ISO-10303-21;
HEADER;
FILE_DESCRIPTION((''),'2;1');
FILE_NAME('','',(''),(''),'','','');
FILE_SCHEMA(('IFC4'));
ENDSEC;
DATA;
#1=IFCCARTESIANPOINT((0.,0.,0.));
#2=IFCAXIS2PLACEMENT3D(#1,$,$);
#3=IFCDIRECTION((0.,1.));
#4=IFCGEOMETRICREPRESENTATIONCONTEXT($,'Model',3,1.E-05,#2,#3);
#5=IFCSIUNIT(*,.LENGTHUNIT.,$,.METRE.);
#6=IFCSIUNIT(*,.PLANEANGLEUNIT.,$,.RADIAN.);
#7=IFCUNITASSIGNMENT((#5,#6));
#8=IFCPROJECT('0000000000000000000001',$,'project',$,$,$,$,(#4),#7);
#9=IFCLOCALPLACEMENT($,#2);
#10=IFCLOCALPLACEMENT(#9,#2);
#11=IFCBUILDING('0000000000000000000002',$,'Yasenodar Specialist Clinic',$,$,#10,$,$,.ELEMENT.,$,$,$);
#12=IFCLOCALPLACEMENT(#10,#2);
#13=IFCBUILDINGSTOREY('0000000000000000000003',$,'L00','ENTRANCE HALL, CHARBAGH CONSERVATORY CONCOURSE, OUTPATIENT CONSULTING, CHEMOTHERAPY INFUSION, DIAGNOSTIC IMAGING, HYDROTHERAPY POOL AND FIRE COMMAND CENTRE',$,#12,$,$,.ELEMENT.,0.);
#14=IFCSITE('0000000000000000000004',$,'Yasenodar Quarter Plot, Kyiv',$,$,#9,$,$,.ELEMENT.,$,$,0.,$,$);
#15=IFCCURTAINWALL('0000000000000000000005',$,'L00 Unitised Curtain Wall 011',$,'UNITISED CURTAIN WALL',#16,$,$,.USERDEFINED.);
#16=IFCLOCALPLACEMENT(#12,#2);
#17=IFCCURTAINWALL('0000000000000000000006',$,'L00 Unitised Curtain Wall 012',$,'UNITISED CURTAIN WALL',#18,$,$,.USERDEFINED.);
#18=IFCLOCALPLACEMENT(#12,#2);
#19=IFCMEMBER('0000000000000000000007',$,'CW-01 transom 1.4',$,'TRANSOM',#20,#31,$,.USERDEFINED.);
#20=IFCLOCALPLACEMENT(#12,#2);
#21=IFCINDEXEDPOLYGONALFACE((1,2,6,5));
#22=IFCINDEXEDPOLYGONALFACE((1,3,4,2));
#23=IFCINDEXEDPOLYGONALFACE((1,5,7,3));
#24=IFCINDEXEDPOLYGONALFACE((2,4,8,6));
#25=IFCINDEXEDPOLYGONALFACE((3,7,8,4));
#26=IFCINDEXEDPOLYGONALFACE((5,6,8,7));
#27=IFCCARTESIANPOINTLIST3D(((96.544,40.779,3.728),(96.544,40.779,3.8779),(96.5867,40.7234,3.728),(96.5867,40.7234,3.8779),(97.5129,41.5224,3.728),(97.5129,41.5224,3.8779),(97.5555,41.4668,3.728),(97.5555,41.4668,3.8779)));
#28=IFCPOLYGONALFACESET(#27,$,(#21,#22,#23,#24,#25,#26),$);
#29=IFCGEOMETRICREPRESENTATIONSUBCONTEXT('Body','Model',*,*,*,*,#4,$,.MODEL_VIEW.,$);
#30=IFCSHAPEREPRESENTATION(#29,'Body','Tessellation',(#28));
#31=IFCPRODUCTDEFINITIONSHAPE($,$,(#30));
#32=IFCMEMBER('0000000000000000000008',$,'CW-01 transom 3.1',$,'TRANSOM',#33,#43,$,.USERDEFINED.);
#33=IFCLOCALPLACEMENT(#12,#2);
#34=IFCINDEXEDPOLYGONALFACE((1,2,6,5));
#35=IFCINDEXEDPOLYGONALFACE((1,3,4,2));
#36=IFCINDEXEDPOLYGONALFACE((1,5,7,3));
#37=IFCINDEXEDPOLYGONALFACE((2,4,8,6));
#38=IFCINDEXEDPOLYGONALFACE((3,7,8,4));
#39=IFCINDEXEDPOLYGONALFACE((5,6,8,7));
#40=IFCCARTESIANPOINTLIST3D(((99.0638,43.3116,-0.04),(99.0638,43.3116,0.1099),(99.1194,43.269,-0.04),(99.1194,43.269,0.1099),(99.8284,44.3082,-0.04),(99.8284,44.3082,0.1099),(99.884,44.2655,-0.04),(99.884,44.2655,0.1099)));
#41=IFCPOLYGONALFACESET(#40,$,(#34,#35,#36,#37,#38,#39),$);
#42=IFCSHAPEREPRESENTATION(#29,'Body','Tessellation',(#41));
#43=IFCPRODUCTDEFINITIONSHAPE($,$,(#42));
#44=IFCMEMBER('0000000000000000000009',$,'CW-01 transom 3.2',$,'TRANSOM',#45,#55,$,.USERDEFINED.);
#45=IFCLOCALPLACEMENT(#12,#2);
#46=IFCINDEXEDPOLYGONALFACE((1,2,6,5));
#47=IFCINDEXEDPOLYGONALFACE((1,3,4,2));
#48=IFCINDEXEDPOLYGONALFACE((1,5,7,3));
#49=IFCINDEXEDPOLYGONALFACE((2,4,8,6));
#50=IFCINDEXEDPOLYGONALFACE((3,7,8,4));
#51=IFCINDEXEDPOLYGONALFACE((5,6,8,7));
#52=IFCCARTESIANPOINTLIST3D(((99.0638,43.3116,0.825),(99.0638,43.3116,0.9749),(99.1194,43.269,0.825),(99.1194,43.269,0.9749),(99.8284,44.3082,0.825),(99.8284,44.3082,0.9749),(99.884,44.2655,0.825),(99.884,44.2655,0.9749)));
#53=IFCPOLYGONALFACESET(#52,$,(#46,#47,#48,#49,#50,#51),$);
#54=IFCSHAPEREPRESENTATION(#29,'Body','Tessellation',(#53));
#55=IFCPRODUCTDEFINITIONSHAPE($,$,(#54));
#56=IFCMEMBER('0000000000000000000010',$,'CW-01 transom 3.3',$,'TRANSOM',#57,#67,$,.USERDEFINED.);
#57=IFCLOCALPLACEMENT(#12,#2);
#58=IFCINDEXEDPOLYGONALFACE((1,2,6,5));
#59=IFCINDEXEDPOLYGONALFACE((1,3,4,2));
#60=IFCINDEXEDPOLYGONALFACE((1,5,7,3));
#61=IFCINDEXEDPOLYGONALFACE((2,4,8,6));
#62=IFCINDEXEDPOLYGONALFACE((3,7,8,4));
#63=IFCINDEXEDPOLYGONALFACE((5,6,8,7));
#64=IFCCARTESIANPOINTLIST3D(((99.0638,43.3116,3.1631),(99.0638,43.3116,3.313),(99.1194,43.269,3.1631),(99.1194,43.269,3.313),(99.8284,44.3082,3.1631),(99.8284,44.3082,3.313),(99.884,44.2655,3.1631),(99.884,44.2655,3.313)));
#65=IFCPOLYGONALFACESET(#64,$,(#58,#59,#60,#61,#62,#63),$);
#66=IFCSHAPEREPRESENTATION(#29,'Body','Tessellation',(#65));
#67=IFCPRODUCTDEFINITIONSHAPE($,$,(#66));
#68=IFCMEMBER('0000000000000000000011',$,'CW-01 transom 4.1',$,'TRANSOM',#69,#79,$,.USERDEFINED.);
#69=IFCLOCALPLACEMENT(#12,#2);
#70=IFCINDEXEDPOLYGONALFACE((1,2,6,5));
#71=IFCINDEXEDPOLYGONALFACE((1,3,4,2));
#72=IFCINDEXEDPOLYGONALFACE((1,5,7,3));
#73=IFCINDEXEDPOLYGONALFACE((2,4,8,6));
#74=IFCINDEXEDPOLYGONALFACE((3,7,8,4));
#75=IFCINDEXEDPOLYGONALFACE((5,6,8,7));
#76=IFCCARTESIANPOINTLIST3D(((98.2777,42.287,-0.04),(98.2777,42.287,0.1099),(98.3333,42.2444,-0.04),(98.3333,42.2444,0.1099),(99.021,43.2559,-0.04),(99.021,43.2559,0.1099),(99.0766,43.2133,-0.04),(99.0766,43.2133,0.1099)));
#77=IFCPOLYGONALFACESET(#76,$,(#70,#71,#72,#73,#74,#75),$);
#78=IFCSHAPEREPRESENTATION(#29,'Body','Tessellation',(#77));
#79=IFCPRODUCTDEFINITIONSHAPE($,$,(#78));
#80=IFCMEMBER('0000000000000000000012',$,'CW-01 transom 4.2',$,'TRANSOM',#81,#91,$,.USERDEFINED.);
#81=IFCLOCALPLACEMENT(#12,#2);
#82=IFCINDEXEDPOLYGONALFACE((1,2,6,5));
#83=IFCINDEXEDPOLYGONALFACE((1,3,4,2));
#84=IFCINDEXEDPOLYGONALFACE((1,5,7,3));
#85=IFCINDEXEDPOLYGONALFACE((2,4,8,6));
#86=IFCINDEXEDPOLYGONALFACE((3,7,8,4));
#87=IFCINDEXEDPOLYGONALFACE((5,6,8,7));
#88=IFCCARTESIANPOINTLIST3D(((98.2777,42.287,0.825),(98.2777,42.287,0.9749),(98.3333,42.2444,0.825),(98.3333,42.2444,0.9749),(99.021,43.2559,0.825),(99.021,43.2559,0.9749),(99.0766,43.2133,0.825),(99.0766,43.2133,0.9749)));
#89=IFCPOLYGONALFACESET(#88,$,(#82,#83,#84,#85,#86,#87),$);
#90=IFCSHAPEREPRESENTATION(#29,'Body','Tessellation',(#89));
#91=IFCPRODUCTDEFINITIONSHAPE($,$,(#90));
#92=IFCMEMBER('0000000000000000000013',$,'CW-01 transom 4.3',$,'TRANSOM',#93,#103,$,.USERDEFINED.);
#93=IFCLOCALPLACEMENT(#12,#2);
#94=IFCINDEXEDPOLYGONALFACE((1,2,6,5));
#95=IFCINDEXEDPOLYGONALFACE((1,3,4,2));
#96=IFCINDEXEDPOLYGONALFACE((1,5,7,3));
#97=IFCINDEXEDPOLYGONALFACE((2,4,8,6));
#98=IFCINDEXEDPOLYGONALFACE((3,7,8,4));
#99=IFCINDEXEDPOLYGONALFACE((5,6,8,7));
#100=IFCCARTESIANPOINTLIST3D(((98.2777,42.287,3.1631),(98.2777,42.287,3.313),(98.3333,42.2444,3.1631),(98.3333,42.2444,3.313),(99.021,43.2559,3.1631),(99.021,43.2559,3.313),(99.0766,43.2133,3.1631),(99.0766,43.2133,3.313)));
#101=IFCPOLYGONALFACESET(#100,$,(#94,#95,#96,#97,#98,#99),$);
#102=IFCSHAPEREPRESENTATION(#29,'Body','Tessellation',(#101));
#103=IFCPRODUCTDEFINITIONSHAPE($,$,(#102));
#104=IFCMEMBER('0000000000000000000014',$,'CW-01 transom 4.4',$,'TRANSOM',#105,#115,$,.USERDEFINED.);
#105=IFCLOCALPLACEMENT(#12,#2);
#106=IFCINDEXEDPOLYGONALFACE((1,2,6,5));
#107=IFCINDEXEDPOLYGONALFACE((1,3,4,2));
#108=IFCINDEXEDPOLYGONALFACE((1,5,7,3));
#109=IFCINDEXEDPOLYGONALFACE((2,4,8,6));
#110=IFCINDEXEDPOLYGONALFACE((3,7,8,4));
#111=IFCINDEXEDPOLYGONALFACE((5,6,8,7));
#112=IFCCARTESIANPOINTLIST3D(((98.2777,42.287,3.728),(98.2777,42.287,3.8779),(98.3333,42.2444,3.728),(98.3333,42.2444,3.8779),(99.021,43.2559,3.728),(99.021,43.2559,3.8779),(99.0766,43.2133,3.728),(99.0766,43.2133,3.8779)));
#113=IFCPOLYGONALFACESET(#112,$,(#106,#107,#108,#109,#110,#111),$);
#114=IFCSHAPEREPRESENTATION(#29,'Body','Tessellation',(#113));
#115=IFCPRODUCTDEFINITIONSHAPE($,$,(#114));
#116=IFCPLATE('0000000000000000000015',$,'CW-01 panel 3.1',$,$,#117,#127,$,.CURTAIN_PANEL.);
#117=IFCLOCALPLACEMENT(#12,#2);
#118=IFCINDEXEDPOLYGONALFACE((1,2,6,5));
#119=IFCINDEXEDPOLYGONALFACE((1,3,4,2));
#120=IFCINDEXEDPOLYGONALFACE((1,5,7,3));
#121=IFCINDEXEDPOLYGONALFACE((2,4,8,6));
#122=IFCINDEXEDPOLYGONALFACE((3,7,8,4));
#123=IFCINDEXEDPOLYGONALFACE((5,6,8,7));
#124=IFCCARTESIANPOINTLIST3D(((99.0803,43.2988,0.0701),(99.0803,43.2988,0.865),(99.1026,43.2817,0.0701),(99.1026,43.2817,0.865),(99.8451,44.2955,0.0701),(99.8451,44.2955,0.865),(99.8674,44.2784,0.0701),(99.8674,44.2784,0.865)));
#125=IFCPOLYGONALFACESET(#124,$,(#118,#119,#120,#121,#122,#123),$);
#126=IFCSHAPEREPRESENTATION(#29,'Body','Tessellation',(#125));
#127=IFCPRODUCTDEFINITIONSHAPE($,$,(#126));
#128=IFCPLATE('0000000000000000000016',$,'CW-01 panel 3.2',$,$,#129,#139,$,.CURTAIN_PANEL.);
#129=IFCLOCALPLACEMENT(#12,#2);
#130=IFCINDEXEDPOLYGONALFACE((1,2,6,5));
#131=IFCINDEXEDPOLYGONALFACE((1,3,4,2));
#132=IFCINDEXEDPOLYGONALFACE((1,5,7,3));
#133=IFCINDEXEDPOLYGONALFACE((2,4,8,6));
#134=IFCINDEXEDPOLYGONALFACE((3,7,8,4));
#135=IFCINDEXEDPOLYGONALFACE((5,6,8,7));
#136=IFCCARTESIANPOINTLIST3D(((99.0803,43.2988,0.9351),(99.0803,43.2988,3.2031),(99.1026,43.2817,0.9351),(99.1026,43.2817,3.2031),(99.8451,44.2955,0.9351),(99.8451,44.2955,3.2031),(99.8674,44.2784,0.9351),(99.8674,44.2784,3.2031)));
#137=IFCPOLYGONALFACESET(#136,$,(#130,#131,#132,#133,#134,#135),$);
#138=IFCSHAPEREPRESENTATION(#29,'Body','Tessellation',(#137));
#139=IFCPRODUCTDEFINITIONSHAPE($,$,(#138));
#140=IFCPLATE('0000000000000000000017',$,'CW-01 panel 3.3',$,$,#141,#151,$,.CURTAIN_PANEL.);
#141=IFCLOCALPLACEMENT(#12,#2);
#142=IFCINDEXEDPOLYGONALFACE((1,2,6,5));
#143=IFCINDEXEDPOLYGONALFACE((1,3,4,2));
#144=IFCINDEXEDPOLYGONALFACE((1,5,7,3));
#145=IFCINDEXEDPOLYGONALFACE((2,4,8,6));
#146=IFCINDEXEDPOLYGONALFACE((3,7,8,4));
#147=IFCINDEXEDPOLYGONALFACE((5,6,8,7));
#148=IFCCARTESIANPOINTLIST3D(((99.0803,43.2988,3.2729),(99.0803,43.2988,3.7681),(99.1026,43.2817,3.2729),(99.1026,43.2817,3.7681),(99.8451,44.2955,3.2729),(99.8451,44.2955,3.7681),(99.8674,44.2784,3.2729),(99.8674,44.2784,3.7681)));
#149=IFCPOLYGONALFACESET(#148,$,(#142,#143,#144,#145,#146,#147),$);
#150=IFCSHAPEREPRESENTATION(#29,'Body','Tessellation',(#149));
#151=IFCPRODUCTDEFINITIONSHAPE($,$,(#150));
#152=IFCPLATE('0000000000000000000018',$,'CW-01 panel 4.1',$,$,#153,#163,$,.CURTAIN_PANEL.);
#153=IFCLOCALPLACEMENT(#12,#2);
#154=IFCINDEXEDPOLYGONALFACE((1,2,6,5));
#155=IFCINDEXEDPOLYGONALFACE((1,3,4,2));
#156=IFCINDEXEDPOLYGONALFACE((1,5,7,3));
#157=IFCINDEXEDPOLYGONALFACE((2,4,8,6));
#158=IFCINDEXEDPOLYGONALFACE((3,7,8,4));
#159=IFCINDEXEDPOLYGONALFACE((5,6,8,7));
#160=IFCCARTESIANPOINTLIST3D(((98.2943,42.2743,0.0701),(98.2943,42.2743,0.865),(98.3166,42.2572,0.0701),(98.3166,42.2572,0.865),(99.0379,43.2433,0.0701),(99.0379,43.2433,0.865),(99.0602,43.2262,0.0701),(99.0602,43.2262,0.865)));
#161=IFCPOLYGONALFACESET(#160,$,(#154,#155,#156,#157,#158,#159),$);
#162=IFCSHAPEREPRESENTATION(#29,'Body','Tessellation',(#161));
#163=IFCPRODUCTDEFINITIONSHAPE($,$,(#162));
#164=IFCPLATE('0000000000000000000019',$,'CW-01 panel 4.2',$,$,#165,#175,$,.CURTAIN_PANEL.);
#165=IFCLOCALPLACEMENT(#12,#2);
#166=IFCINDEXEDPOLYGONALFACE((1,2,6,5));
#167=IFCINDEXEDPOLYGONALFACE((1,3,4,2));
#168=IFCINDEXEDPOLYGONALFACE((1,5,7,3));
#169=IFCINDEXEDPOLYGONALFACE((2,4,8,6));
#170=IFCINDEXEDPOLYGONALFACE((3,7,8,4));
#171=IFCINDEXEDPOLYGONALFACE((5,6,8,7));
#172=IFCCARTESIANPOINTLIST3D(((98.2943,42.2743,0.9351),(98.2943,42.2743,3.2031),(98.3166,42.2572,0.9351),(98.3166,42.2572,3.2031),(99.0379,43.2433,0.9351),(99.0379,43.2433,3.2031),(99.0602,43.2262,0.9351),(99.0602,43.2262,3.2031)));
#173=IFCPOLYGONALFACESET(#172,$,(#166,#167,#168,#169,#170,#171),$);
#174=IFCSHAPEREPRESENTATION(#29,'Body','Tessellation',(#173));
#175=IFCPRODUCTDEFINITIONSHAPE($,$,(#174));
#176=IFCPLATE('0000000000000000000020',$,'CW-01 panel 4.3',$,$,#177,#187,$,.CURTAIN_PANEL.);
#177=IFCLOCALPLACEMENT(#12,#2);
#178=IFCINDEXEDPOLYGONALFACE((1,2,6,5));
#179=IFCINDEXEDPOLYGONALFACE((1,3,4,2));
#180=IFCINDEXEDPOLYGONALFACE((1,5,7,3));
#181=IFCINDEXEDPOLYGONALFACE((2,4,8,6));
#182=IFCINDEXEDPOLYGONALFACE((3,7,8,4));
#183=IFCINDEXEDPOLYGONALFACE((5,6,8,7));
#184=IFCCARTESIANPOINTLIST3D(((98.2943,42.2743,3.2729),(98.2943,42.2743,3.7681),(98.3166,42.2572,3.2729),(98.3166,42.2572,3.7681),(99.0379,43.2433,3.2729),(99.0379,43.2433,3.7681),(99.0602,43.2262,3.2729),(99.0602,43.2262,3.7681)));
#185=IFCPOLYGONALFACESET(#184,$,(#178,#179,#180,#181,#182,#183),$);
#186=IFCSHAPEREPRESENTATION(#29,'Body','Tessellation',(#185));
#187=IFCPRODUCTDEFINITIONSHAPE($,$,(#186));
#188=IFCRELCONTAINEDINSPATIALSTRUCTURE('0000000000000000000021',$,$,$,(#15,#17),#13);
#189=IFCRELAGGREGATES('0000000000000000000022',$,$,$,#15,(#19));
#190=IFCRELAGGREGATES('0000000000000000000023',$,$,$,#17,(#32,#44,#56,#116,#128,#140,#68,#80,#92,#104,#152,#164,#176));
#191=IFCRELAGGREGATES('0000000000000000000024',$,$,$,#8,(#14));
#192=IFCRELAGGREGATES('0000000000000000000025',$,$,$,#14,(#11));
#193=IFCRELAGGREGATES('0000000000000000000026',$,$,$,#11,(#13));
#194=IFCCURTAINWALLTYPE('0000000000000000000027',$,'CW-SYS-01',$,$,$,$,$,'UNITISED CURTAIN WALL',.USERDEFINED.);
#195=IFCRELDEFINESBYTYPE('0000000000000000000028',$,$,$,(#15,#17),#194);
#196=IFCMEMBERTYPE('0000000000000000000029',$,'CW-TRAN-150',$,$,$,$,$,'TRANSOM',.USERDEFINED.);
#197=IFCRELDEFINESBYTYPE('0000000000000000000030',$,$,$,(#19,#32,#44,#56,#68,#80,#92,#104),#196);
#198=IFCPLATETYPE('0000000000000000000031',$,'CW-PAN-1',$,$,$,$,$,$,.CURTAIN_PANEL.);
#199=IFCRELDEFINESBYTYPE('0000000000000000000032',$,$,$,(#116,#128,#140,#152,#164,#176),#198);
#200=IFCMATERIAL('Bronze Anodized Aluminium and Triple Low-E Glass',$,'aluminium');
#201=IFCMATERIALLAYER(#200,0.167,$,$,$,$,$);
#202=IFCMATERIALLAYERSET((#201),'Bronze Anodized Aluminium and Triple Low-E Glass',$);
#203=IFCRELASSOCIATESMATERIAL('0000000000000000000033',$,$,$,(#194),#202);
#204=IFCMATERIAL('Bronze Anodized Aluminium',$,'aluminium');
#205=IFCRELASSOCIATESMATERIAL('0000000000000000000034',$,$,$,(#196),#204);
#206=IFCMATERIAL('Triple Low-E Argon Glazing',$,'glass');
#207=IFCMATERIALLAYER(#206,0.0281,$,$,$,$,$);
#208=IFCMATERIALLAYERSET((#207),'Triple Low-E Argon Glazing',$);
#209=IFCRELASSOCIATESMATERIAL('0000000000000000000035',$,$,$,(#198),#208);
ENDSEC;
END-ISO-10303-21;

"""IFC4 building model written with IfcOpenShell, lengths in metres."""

from ifc_helpers import new_model, si_unit, direction, frame, origin, origin_2d, place, context, subcontext, project, spatial, rectangle, extrude, material, layer, layer_set, material_profile, profile_set, type_object, element, aggregate, save


model = new_model("IFC4")

# Units and contexts
model_context = context("Model", 3, precision=1e-05, world=origin(), true_north=direction((0.0, 1.0)))
body_context = subcontext(model_context, "Body", "Model", "MODEL_VIEW")
ifc_project = project(units=[si_unit("LENGTHUNIT", "METRE"), si_unit("PLANEANGLEUNIT", "RADIAN")], contexts=[model_context])

# Site, building, storey
site_placement = place(None, origin())
site = spatial("IfcSite", under=ifc_project, at=site_placement, Name="Yasenodar Quarter Plot, Kyiv", CompositionType="ELEMENT", RefElevation=0.0)
building_placement = place(site_placement, origin())
building = spatial("IfcBuilding", under=site, at=building_placement, Name="Yasenodar Specialist Clinic", CompositionType="ELEMENT")
storey_placement = place(building_placement, origin())
storey = spatial("IfcBuildingStorey", under=building, at=storey_placement, Name="L00", Description="ENTRANCE HALL, CHARBAGH CONSERVATORY CONCOURSE, OUTPATIENT CONSULTING, CHEMOTHERAPY INFUSION, DIAGNOSTIC IMAGING, HYDROTHERAPY POOL AND FIRE COMMAND CENTRE", CompositionType="ELEMENT", Elevation=0.0)

# Curtain wall
ifc_material_1 = material(Name="Bronze Anodized Aluminium and Triple Low-E Glass", Category="aluminium")
ifc_layer_1 = layer(ifc_material_1, 0.167)
ifc_layer_set_1 = layer_set([ifc_layer_1], Name="Bronze Anodized Aluminium and Triple Low-E Glass")
curtain_wall_type = type_object("IfcCurtainWallType", Name="CW-SYS-01", ElementType="UNITISED CURTAIN WALL", PredefinedType="USERDEFINED", material=ifc_layer_set_1)
curtain_wall_1_placement = place(storey_placement, origin())
curtain_wall_1 = element("IfcCurtainWall", 1, at=curtain_wall_1_placement, inside=storey, type_object=curtain_wall_type, Name="L00 Unitised Curtain Wall 011", ObjectType="UNITISED CURTAIN WALL", PredefinedType="USERDEFINED")
ifc_material_2 = material(Name="Bronze Anodized Aluminium", Category="aluminium")

# Curtain wall
curtain_wall_2_placement = place(storey_placement, origin())
curtain_wall_2 = element("IfcCurtainWall", 2, at=curtain_wall_2_placement, inside=storey, type_object=curtain_wall_type, Name="L00 Unitised Curtain Wall 012", ObjectType="UNITISED CURTAIN WALL", PredefinedType="USERDEFINED")

# Members
ifc_material_profile_1 = material_profile(ifc_material_2, rectangle(XDim=0.0701, YDim=0.1499, at=origin_2d()), Name="CW-TRAN 70x150")
ifc_profile_set_1 = profile_set([ifc_material_profile_1], Name="Bronze Anodized Aluminium")
member_type_1 = type_object("IfcMemberType", Name="CW-TRAN-150", ElementType="TRANSOM", PredefinedType="USERDEFINED", material=ifc_profile_set_1)
member_1_placement = place(storey_placement, frame((97.5342, 41.4946, 3.803), z_axis=(-0.79333, -0.608792, 0.0), x_axis=(0.608792, -0.79333, 0.0)))
member_1 = element("IfcMember", 3, at=member_1_placement, type_object=member_type_1, Name="CW-01 transom 1.4", ObjectType="TRANSOM", PredefinedType="USERDEFINED", context=body_context, shape_type="SweptSolid", body=[
    extrude(rectangle(XDim=0.0701, YDim=0.1499, at=origin_2d()), origin(), (0.0, 0.0, 1.0), 1.2212),
])
aggregate(curtain_wall_1, [member_1])
member_2_placement = place(storey_placement, frame((99.8562, 44.2869, 0.0349), z_axis=(-0.608733, -0.793375, 0.0), x_axis=(0.793375, -0.608733, 0.0)))
member_2 = element("IfcMember", 4, at=member_2_placement, type_object=member_type_1, Name="CW-01 transom 3.1", ObjectType="TRANSOM", PredefinedType="USERDEFINED", context=body_context, shape_type="SweptSolid", body=[
    extrude(rectangle(XDim=0.0701, YDim=0.1499, at=origin_2d()), origin(), (0.0, 0.0, 1.0), 1.2561),
])
member_3_placement = place(storey_placement, frame((99.8562, 44.2869, 0.8999), z_axis=(-0.608733, -0.793375, 0.0), x_axis=(0.793375, -0.608733, 0.0)))
member_3 = element("IfcMember", 5, at=member_3_placement, type_object=member_type_1, Name="CW-01 transom 3.2", ObjectType="TRANSOM", PredefinedType="USERDEFINED", context=body_context, shape_type="SweptSolid", body=[
    extrude(rectangle(XDim=0.0701, YDim=0.1499, at=origin_2d()), origin(), (0.0, 0.0, 1.0), 1.2561),
])
member_4_placement = place(storey_placement, frame((99.8562, 44.2869, 3.238), z_axis=(-0.608733, -0.793375, 0.0), x_axis=(0.793375, -0.608733, 0.0)))
member_4 = element("IfcMember", 6, at=member_4_placement, type_object=member_type_1, Name="CW-01 transom 3.3", ObjectType="TRANSOM", PredefinedType="USERDEFINED", context=body_context, shape_type="SweptSolid", body=[
    extrude(rectangle(XDim=0.0701, YDim=0.1499, at=origin_2d()), origin(), (0.0, 0.0, 1.0), 1.2561),
])
member_5_placement = place(storey_placement, frame((99.0488, 43.2346, 0.0349), z_axis=(-0.608696, -0.793404, 0.0), x_axis=(0.793404, -0.608696, 0.0)))
member_5 = element("IfcMember", 7, at=member_5_placement, type_object=member_type_1, Name="CW-01 transom 4.1", ObjectType="TRANSOM", PredefinedType="USERDEFINED", context=body_context, shape_type="SweptSolid", body=[
    extrude(rectangle(XDim=0.0701, YDim=0.1499, at=origin_2d()), origin(), (0.0, 0.0, 1.0), 1.2212),
])
member_6_placement = place(storey_placement, frame((99.0488, 43.2346, 0.8999), z_axis=(-0.608696, -0.793404, 0.0), x_axis=(0.793404, -0.608696, 0.0)))
member_6 = element("IfcMember", 8, at=member_6_placement, type_object=member_type_1, Name="CW-01 transom 4.2", ObjectType="TRANSOM", PredefinedType="USERDEFINED", context=body_context, shape_type="SweptSolid", body=[
    extrude(rectangle(XDim=0.0701, YDim=0.1499, at=origin_2d()), origin(), (0.0, 0.0, 1.0), 1.2212),
])
member_7_placement = place(storey_placement, frame((99.0488, 43.2346, 3.238), z_axis=(-0.608696, -0.793404, 0.0), x_axis=(0.793404, -0.608696, 0.0)))
member_7 = element("IfcMember", 9, at=member_7_placement, type_object=member_type_1, Name="CW-01 transom 4.3", ObjectType="TRANSOM", PredefinedType="USERDEFINED", context=body_context, shape_type="SweptSolid", body=[
    extrude(rectangle(XDim=0.0701, YDim=0.1499, at=origin_2d()), origin(), (0.0, 0.0, 1.0), 1.2212),
])
member_8_placement = place(storey_placement, frame((99.0488, 43.2346, 3.803), z_axis=(-0.608696, -0.793404, 0.0), x_axis=(0.793404, -0.608696, 0.0)))
member_8 = element("IfcMember", 10, at=member_8_placement, type_object=member_type_1, Name="CW-01 transom 4.4", ObjectType="TRANSOM", PredefinedType="USERDEFINED", context=body_context, shape_type="SweptSolid", body=[
    extrude(rectangle(XDim=0.0701, YDim=0.1499, at=origin_2d()), origin(), (0.0, 0.0, 1.0), 1.2212),
])

# Plates
ifc_material_3 = material(Name="Triple Low-E Argon Glazing", Category="glass")
ifc_layer_2 = layer(ifc_material_3, 0.0281)
ifc_layer_set_2 = layer_set([ifc_layer_2], Name="Triple Low-E Argon Glazing")
plate_type = type_object("IfcPlateType", Name="CW-PAN-1", PredefinedType="CURTAIN_PANEL", material=ifc_layer_set_2)
plate_1_placement = place(storey_placement, frame((99.4739, 43.7886, 0.0701), z_axis=(0.0, 0.0, 1.0), x_axis=(-0.608752, -0.793361, 0.0)))
plate_1 = element("IfcPlate", 11, at=plate_1_placement, type_object=plate_type, Name="CW-01 panel 3.1", PredefinedType="CURTAIN_PANEL", context=body_context, shape_type="SweptSolid", body=[
    extrude(rectangle(XDim=1.2563, YDim=0.0281, at=origin_2d()), origin(), (0.0, 0.0, 1.0), 0.7949),
])
plate_2_placement = place(storey_placement, frame((99.4739, 43.7886, 0.9351), z_axis=(0.0, 0.0, 1.0), x_axis=(-0.608752, -0.793361, 0.0)))
plate_2 = element("IfcPlate", 12, at=plate_2_placement, type_object=plate_type, Name="CW-01 panel 3.2", PredefinedType="CURTAIN_PANEL", context=body_context, shape_type="SweptSolid", body=[
    extrude(rectangle(XDim=1.2563, YDim=0.0281, at=origin_2d()), origin(), (0.0, 0.0, 1.0), 2.2681),
])
plate_3_placement = place(storey_placement, frame((99.4739, 43.7886, 3.2729), z_axis=(0.0, 0.0, 1.0), x_axis=(-0.608752, -0.793361, 0.0)))
plate_3 = element("IfcPlate", 13, at=plate_3_placement, type_object=plate_type, Name="CW-01 panel 3.3", PredefinedType="CURTAIN_PANEL", context=body_context, shape_type="SweptSolid", body=[
    extrude(rectangle(XDim=1.2563, YDim=0.0281, at=origin_2d()), origin(), (0.0, 0.0, 1.0), 0.4951),
])
plate_4_placement = place(storey_placement, frame((98.6772, 42.7502, 0.0701), z_axis=(0.0, 0.0, 1.0), x_axis=(-0.608752, -0.793361, 0.0)))
plate_4 = element("IfcPlate", 14, at=plate_4_placement, type_object=plate_type, Name="CW-01 panel 4.1", PredefinedType="CURTAIN_PANEL", context=body_context, shape_type="SweptSolid", body=[
    extrude(rectangle(XDim=1.2214, YDim=0.0281, at=origin_2d()), origin(), (0.0, 0.0, 1.0), 0.7949),
])
plate_5_placement = place(storey_placement, frame((98.6772, 42.7502, 0.9351), z_axis=(0.0, 0.0, 1.0), x_axis=(-0.608752, -0.793361, 0.0)))
plate_5 = element("IfcPlate", 15, at=plate_5_placement, type_object=plate_type, Name="CW-01 panel 4.2", PredefinedType="CURTAIN_PANEL", context=body_context, shape_type="SweptSolid", body=[
    extrude(rectangle(XDim=1.2214, YDim=0.0281, at=origin_2d()), origin(), (0.0, 0.0, 1.0), 2.2681),
])
plate_6_placement = place(storey_placement, frame((98.6772, 42.7502, 3.2729), z_axis=(0.0, 0.0, 1.0), x_axis=(-0.608752, -0.793361, 0.0)))
plate_6 = element("IfcPlate", 16, at=plate_6_placement, type_object=plate_type, Name="CW-01 panel 4.3", PredefinedType="CURTAIN_PANEL", context=body_context, shape_type="SweptSolid", body=[
    extrude(rectangle(XDim=1.2214, YDim=0.0281, at=origin_2d()), origin(), (0.0, 0.0, 1.0), 0.4951),
])
aggregate(curtain_wall_2, [member_2, member_3, member_4, plate_1, plate_2, plate_3, member_5, member_6, member_7, member_8, plate_4, plate_5, plate_6])

save(model, "model.ifc")
